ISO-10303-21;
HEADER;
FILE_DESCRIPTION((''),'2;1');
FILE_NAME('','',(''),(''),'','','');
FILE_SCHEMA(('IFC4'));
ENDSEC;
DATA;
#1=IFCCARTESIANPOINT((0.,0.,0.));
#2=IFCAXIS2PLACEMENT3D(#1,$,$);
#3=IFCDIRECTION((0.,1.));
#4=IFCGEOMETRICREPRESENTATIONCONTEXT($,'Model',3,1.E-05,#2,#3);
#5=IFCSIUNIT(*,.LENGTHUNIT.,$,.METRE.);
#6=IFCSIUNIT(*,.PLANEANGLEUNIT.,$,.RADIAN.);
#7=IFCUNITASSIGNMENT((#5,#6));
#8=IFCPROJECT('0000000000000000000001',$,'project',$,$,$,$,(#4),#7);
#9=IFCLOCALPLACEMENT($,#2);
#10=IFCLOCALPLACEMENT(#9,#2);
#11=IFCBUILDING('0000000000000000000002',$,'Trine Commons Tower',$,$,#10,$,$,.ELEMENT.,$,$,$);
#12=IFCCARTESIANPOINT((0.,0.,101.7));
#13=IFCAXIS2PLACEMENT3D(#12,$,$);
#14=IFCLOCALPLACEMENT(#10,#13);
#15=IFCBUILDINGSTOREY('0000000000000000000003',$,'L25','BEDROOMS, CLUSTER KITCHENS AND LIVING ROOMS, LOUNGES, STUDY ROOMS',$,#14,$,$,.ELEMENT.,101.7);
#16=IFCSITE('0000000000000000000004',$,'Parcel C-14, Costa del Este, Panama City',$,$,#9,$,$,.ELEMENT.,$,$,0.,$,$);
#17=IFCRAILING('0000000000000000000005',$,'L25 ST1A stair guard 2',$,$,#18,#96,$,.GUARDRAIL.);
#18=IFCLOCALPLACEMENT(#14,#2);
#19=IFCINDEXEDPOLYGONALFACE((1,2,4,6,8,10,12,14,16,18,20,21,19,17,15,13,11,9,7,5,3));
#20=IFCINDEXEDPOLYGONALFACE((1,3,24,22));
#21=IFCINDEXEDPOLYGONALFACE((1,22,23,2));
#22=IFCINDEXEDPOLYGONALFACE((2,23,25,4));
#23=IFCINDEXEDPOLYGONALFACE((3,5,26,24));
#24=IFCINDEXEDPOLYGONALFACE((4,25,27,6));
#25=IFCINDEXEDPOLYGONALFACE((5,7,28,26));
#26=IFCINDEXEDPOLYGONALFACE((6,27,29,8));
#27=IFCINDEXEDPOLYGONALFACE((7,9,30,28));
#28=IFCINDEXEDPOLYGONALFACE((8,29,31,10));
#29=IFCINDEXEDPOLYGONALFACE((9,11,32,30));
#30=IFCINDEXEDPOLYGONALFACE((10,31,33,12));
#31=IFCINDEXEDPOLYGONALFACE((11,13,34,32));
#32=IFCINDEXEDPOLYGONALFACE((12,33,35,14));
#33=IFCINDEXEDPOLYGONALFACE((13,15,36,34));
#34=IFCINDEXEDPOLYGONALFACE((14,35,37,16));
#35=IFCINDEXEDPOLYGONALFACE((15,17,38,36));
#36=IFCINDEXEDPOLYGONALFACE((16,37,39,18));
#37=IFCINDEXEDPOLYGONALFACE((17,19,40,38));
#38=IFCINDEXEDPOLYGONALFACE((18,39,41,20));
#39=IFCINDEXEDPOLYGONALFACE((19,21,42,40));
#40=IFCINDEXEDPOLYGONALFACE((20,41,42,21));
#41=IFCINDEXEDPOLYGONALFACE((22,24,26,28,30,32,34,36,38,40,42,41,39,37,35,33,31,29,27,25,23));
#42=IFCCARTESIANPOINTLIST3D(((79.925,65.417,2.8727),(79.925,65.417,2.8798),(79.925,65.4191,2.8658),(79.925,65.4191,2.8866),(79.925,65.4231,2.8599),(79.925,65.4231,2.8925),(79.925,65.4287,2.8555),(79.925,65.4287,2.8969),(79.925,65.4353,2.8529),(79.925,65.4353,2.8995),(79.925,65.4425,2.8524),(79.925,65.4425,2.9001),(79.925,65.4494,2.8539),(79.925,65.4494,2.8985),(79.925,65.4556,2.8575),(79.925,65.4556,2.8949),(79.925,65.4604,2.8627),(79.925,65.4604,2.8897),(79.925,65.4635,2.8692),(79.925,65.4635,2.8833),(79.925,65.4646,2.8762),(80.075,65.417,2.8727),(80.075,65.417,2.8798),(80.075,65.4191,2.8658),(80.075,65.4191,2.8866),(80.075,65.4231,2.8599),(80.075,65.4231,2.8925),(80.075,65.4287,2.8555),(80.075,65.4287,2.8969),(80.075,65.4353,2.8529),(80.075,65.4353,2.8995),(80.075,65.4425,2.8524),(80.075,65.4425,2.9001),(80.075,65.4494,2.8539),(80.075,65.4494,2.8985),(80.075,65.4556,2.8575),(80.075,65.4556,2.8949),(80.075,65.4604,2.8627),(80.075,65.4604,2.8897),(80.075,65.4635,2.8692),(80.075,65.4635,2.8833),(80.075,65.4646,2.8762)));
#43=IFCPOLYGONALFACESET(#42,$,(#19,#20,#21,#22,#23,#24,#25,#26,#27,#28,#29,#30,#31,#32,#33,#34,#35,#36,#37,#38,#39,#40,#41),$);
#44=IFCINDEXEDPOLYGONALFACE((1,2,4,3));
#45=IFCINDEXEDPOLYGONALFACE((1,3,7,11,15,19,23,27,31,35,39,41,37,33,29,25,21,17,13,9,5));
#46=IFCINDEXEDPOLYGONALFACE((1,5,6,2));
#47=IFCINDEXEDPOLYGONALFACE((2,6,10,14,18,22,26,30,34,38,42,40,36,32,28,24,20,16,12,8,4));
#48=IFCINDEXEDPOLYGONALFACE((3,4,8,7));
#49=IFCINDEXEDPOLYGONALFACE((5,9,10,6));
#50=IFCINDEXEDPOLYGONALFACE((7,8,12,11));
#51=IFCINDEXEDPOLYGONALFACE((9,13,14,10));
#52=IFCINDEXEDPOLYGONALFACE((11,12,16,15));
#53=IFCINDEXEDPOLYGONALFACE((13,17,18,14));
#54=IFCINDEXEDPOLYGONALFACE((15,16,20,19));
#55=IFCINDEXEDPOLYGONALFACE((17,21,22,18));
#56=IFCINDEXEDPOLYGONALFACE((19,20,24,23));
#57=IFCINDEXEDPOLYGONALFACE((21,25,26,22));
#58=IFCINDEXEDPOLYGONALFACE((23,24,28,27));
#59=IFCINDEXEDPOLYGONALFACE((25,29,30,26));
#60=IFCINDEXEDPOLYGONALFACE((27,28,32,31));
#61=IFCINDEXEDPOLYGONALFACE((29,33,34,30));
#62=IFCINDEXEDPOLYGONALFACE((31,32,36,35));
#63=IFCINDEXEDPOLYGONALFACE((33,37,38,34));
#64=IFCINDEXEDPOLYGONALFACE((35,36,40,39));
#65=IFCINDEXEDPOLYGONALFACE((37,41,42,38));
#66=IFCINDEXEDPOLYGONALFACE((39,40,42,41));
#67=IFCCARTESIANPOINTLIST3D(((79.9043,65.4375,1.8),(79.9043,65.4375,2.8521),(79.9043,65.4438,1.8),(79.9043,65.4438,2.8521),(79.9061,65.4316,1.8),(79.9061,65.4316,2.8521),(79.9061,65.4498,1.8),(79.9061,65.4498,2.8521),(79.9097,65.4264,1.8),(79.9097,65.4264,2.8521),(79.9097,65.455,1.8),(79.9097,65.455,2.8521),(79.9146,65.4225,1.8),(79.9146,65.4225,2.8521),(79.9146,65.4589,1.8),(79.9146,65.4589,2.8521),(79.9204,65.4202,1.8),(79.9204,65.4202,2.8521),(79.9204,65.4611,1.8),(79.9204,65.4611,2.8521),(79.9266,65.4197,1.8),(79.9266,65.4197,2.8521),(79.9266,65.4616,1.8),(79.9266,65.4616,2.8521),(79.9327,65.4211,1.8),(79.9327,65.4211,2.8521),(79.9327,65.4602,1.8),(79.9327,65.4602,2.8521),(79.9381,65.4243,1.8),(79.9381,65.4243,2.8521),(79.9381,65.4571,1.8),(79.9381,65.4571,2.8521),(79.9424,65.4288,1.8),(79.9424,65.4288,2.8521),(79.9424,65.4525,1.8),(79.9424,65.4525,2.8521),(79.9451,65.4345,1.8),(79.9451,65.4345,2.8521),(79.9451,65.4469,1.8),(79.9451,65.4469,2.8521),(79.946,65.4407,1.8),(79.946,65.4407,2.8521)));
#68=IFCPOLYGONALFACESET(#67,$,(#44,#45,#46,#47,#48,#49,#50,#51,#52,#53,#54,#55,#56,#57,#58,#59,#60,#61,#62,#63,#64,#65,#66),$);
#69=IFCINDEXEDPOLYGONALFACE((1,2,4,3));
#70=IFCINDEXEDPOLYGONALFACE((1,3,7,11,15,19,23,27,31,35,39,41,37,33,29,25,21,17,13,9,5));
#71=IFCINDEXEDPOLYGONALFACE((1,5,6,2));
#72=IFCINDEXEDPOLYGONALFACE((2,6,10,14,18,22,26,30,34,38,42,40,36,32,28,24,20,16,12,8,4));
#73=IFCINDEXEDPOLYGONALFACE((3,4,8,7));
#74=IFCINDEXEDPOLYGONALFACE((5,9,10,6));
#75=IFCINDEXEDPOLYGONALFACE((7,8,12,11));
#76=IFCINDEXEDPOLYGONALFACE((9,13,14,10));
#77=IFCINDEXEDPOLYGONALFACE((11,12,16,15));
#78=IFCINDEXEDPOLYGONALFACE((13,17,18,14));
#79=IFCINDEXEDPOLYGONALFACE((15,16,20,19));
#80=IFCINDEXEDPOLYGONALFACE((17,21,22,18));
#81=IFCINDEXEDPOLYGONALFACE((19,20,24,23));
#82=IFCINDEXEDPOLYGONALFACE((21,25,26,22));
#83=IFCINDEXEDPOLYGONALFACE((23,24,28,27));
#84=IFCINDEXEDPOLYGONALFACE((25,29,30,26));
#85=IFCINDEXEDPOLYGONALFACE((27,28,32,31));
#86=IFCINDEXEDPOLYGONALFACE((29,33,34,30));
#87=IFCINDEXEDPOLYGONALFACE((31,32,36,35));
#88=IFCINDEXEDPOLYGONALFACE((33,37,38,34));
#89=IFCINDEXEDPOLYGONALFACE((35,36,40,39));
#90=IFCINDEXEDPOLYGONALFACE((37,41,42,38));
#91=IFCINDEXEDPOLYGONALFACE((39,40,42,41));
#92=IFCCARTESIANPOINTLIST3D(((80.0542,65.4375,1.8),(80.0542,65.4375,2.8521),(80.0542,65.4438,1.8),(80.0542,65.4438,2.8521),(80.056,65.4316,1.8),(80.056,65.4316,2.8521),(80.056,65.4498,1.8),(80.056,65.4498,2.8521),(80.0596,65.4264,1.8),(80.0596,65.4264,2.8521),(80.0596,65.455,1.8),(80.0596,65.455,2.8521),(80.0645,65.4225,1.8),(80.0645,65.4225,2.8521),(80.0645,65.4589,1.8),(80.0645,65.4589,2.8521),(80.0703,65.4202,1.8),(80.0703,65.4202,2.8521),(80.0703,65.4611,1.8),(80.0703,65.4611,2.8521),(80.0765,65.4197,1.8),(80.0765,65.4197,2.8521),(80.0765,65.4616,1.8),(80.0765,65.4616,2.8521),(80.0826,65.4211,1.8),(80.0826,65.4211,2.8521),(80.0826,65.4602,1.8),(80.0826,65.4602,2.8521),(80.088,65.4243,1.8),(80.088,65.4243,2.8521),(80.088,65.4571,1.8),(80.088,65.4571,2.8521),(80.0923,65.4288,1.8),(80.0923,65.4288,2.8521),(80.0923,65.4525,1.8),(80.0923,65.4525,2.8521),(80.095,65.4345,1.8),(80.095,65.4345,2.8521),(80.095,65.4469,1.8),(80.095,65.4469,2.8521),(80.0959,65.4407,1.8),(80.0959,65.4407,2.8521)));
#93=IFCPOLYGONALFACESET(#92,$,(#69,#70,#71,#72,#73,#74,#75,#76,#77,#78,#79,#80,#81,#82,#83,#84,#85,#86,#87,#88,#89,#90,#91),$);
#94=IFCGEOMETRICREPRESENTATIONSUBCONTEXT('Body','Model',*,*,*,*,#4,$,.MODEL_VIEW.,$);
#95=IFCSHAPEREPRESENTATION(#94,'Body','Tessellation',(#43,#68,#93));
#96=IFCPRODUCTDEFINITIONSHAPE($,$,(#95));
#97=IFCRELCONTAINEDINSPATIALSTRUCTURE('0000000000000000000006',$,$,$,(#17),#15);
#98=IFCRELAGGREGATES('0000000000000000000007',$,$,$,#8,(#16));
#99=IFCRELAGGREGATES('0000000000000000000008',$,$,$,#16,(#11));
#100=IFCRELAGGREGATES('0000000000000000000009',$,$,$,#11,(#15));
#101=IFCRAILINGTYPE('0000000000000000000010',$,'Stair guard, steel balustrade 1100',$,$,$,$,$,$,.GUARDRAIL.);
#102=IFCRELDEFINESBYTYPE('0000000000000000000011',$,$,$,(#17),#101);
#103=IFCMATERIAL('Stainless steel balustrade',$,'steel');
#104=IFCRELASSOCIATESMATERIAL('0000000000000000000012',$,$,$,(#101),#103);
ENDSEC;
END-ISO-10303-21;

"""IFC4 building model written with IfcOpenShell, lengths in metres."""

from ifc_helpers import new_model, si_unit, direction, frame, origin, origin_2d, place, context, subcontext, project, spatial, circle, extrude, material, type_object, element, save


model = new_model("IFC4")

# Units and contexts
model_context = context("Model", 3, precision=1e-05, world=origin(), true_north=direction((0.0, 1.0)))
body_context = subcontext(model_context, "Body", "Model", "MODEL_VIEW")
ifc_project = project(units=[si_unit("LENGTHUNIT", "METRE"), si_unit("PLANEANGLEUNIT", "RADIAN")], contexts=[model_context])

# Site, building, storey
site_placement = place(None, origin())
site = spatial("IfcSite", under=ifc_project, at=site_placement, Name="Parcel C-14, Costa del Este, Panama City", CompositionType="ELEMENT", RefElevation=0.0)
building_placement = place(site_placement, origin())
building = spatial("IfcBuilding", under=site, at=building_placement, Name="Trine Commons Tower", CompositionType="ELEMENT")
storey_placement = place(building_placement, frame((0.0, 0.0, 101.7)))
storey = spatial("IfcBuildingStorey", under=building, at=storey_placement, Name="L25", Description="BEDROOMS, CLUSTER KITCHENS AND LIVING ROOMS, LOUNGES, STUDY ROOMS", CompositionType="ELEMENT", Elevation=101.7)

# Railing
ifc_material_1 = material(Name="Stainless steel balustrade", Category="steel")
railing_type_1 = type_object("IfcRailingType", Name="Stair guard, steel balustrade 1100", PredefinedType="GUARDRAIL", material=ifc_material_1)
railing_1_placement = place(storey_placement, frame((79.925, 65.4407, 1.8)))
element("IfcRailing", 1, at=railing_1_placement, inside=storey, type_object=railing_type_1, Name="L25 ST1A stair guard 2", PredefinedType="GUARDRAIL", context=body_context, shape_type="SweptSolid", body=[
    extrude(circle(Radius=0.0239, at=origin_2d()), frame((0.0, 0.0, 1.0762), z_axis=(1.0, 0.0, 0.0), x_axis=(0.0, 1.0, 0.0)), (0.0, 0.0, 1.0), 0.1499),
    extrude(circle(Radius=0.021, at=origin_2d()), origin(), (0.0, 0.0, 1.0), 1.052),
    extrude(circle(Radius=0.021, at=origin_2d()), frame((0.1499, 0.0, 0.0)), (0.0, 0.0, 1.0), 1.052),
])

save(model, "model.ifc")
